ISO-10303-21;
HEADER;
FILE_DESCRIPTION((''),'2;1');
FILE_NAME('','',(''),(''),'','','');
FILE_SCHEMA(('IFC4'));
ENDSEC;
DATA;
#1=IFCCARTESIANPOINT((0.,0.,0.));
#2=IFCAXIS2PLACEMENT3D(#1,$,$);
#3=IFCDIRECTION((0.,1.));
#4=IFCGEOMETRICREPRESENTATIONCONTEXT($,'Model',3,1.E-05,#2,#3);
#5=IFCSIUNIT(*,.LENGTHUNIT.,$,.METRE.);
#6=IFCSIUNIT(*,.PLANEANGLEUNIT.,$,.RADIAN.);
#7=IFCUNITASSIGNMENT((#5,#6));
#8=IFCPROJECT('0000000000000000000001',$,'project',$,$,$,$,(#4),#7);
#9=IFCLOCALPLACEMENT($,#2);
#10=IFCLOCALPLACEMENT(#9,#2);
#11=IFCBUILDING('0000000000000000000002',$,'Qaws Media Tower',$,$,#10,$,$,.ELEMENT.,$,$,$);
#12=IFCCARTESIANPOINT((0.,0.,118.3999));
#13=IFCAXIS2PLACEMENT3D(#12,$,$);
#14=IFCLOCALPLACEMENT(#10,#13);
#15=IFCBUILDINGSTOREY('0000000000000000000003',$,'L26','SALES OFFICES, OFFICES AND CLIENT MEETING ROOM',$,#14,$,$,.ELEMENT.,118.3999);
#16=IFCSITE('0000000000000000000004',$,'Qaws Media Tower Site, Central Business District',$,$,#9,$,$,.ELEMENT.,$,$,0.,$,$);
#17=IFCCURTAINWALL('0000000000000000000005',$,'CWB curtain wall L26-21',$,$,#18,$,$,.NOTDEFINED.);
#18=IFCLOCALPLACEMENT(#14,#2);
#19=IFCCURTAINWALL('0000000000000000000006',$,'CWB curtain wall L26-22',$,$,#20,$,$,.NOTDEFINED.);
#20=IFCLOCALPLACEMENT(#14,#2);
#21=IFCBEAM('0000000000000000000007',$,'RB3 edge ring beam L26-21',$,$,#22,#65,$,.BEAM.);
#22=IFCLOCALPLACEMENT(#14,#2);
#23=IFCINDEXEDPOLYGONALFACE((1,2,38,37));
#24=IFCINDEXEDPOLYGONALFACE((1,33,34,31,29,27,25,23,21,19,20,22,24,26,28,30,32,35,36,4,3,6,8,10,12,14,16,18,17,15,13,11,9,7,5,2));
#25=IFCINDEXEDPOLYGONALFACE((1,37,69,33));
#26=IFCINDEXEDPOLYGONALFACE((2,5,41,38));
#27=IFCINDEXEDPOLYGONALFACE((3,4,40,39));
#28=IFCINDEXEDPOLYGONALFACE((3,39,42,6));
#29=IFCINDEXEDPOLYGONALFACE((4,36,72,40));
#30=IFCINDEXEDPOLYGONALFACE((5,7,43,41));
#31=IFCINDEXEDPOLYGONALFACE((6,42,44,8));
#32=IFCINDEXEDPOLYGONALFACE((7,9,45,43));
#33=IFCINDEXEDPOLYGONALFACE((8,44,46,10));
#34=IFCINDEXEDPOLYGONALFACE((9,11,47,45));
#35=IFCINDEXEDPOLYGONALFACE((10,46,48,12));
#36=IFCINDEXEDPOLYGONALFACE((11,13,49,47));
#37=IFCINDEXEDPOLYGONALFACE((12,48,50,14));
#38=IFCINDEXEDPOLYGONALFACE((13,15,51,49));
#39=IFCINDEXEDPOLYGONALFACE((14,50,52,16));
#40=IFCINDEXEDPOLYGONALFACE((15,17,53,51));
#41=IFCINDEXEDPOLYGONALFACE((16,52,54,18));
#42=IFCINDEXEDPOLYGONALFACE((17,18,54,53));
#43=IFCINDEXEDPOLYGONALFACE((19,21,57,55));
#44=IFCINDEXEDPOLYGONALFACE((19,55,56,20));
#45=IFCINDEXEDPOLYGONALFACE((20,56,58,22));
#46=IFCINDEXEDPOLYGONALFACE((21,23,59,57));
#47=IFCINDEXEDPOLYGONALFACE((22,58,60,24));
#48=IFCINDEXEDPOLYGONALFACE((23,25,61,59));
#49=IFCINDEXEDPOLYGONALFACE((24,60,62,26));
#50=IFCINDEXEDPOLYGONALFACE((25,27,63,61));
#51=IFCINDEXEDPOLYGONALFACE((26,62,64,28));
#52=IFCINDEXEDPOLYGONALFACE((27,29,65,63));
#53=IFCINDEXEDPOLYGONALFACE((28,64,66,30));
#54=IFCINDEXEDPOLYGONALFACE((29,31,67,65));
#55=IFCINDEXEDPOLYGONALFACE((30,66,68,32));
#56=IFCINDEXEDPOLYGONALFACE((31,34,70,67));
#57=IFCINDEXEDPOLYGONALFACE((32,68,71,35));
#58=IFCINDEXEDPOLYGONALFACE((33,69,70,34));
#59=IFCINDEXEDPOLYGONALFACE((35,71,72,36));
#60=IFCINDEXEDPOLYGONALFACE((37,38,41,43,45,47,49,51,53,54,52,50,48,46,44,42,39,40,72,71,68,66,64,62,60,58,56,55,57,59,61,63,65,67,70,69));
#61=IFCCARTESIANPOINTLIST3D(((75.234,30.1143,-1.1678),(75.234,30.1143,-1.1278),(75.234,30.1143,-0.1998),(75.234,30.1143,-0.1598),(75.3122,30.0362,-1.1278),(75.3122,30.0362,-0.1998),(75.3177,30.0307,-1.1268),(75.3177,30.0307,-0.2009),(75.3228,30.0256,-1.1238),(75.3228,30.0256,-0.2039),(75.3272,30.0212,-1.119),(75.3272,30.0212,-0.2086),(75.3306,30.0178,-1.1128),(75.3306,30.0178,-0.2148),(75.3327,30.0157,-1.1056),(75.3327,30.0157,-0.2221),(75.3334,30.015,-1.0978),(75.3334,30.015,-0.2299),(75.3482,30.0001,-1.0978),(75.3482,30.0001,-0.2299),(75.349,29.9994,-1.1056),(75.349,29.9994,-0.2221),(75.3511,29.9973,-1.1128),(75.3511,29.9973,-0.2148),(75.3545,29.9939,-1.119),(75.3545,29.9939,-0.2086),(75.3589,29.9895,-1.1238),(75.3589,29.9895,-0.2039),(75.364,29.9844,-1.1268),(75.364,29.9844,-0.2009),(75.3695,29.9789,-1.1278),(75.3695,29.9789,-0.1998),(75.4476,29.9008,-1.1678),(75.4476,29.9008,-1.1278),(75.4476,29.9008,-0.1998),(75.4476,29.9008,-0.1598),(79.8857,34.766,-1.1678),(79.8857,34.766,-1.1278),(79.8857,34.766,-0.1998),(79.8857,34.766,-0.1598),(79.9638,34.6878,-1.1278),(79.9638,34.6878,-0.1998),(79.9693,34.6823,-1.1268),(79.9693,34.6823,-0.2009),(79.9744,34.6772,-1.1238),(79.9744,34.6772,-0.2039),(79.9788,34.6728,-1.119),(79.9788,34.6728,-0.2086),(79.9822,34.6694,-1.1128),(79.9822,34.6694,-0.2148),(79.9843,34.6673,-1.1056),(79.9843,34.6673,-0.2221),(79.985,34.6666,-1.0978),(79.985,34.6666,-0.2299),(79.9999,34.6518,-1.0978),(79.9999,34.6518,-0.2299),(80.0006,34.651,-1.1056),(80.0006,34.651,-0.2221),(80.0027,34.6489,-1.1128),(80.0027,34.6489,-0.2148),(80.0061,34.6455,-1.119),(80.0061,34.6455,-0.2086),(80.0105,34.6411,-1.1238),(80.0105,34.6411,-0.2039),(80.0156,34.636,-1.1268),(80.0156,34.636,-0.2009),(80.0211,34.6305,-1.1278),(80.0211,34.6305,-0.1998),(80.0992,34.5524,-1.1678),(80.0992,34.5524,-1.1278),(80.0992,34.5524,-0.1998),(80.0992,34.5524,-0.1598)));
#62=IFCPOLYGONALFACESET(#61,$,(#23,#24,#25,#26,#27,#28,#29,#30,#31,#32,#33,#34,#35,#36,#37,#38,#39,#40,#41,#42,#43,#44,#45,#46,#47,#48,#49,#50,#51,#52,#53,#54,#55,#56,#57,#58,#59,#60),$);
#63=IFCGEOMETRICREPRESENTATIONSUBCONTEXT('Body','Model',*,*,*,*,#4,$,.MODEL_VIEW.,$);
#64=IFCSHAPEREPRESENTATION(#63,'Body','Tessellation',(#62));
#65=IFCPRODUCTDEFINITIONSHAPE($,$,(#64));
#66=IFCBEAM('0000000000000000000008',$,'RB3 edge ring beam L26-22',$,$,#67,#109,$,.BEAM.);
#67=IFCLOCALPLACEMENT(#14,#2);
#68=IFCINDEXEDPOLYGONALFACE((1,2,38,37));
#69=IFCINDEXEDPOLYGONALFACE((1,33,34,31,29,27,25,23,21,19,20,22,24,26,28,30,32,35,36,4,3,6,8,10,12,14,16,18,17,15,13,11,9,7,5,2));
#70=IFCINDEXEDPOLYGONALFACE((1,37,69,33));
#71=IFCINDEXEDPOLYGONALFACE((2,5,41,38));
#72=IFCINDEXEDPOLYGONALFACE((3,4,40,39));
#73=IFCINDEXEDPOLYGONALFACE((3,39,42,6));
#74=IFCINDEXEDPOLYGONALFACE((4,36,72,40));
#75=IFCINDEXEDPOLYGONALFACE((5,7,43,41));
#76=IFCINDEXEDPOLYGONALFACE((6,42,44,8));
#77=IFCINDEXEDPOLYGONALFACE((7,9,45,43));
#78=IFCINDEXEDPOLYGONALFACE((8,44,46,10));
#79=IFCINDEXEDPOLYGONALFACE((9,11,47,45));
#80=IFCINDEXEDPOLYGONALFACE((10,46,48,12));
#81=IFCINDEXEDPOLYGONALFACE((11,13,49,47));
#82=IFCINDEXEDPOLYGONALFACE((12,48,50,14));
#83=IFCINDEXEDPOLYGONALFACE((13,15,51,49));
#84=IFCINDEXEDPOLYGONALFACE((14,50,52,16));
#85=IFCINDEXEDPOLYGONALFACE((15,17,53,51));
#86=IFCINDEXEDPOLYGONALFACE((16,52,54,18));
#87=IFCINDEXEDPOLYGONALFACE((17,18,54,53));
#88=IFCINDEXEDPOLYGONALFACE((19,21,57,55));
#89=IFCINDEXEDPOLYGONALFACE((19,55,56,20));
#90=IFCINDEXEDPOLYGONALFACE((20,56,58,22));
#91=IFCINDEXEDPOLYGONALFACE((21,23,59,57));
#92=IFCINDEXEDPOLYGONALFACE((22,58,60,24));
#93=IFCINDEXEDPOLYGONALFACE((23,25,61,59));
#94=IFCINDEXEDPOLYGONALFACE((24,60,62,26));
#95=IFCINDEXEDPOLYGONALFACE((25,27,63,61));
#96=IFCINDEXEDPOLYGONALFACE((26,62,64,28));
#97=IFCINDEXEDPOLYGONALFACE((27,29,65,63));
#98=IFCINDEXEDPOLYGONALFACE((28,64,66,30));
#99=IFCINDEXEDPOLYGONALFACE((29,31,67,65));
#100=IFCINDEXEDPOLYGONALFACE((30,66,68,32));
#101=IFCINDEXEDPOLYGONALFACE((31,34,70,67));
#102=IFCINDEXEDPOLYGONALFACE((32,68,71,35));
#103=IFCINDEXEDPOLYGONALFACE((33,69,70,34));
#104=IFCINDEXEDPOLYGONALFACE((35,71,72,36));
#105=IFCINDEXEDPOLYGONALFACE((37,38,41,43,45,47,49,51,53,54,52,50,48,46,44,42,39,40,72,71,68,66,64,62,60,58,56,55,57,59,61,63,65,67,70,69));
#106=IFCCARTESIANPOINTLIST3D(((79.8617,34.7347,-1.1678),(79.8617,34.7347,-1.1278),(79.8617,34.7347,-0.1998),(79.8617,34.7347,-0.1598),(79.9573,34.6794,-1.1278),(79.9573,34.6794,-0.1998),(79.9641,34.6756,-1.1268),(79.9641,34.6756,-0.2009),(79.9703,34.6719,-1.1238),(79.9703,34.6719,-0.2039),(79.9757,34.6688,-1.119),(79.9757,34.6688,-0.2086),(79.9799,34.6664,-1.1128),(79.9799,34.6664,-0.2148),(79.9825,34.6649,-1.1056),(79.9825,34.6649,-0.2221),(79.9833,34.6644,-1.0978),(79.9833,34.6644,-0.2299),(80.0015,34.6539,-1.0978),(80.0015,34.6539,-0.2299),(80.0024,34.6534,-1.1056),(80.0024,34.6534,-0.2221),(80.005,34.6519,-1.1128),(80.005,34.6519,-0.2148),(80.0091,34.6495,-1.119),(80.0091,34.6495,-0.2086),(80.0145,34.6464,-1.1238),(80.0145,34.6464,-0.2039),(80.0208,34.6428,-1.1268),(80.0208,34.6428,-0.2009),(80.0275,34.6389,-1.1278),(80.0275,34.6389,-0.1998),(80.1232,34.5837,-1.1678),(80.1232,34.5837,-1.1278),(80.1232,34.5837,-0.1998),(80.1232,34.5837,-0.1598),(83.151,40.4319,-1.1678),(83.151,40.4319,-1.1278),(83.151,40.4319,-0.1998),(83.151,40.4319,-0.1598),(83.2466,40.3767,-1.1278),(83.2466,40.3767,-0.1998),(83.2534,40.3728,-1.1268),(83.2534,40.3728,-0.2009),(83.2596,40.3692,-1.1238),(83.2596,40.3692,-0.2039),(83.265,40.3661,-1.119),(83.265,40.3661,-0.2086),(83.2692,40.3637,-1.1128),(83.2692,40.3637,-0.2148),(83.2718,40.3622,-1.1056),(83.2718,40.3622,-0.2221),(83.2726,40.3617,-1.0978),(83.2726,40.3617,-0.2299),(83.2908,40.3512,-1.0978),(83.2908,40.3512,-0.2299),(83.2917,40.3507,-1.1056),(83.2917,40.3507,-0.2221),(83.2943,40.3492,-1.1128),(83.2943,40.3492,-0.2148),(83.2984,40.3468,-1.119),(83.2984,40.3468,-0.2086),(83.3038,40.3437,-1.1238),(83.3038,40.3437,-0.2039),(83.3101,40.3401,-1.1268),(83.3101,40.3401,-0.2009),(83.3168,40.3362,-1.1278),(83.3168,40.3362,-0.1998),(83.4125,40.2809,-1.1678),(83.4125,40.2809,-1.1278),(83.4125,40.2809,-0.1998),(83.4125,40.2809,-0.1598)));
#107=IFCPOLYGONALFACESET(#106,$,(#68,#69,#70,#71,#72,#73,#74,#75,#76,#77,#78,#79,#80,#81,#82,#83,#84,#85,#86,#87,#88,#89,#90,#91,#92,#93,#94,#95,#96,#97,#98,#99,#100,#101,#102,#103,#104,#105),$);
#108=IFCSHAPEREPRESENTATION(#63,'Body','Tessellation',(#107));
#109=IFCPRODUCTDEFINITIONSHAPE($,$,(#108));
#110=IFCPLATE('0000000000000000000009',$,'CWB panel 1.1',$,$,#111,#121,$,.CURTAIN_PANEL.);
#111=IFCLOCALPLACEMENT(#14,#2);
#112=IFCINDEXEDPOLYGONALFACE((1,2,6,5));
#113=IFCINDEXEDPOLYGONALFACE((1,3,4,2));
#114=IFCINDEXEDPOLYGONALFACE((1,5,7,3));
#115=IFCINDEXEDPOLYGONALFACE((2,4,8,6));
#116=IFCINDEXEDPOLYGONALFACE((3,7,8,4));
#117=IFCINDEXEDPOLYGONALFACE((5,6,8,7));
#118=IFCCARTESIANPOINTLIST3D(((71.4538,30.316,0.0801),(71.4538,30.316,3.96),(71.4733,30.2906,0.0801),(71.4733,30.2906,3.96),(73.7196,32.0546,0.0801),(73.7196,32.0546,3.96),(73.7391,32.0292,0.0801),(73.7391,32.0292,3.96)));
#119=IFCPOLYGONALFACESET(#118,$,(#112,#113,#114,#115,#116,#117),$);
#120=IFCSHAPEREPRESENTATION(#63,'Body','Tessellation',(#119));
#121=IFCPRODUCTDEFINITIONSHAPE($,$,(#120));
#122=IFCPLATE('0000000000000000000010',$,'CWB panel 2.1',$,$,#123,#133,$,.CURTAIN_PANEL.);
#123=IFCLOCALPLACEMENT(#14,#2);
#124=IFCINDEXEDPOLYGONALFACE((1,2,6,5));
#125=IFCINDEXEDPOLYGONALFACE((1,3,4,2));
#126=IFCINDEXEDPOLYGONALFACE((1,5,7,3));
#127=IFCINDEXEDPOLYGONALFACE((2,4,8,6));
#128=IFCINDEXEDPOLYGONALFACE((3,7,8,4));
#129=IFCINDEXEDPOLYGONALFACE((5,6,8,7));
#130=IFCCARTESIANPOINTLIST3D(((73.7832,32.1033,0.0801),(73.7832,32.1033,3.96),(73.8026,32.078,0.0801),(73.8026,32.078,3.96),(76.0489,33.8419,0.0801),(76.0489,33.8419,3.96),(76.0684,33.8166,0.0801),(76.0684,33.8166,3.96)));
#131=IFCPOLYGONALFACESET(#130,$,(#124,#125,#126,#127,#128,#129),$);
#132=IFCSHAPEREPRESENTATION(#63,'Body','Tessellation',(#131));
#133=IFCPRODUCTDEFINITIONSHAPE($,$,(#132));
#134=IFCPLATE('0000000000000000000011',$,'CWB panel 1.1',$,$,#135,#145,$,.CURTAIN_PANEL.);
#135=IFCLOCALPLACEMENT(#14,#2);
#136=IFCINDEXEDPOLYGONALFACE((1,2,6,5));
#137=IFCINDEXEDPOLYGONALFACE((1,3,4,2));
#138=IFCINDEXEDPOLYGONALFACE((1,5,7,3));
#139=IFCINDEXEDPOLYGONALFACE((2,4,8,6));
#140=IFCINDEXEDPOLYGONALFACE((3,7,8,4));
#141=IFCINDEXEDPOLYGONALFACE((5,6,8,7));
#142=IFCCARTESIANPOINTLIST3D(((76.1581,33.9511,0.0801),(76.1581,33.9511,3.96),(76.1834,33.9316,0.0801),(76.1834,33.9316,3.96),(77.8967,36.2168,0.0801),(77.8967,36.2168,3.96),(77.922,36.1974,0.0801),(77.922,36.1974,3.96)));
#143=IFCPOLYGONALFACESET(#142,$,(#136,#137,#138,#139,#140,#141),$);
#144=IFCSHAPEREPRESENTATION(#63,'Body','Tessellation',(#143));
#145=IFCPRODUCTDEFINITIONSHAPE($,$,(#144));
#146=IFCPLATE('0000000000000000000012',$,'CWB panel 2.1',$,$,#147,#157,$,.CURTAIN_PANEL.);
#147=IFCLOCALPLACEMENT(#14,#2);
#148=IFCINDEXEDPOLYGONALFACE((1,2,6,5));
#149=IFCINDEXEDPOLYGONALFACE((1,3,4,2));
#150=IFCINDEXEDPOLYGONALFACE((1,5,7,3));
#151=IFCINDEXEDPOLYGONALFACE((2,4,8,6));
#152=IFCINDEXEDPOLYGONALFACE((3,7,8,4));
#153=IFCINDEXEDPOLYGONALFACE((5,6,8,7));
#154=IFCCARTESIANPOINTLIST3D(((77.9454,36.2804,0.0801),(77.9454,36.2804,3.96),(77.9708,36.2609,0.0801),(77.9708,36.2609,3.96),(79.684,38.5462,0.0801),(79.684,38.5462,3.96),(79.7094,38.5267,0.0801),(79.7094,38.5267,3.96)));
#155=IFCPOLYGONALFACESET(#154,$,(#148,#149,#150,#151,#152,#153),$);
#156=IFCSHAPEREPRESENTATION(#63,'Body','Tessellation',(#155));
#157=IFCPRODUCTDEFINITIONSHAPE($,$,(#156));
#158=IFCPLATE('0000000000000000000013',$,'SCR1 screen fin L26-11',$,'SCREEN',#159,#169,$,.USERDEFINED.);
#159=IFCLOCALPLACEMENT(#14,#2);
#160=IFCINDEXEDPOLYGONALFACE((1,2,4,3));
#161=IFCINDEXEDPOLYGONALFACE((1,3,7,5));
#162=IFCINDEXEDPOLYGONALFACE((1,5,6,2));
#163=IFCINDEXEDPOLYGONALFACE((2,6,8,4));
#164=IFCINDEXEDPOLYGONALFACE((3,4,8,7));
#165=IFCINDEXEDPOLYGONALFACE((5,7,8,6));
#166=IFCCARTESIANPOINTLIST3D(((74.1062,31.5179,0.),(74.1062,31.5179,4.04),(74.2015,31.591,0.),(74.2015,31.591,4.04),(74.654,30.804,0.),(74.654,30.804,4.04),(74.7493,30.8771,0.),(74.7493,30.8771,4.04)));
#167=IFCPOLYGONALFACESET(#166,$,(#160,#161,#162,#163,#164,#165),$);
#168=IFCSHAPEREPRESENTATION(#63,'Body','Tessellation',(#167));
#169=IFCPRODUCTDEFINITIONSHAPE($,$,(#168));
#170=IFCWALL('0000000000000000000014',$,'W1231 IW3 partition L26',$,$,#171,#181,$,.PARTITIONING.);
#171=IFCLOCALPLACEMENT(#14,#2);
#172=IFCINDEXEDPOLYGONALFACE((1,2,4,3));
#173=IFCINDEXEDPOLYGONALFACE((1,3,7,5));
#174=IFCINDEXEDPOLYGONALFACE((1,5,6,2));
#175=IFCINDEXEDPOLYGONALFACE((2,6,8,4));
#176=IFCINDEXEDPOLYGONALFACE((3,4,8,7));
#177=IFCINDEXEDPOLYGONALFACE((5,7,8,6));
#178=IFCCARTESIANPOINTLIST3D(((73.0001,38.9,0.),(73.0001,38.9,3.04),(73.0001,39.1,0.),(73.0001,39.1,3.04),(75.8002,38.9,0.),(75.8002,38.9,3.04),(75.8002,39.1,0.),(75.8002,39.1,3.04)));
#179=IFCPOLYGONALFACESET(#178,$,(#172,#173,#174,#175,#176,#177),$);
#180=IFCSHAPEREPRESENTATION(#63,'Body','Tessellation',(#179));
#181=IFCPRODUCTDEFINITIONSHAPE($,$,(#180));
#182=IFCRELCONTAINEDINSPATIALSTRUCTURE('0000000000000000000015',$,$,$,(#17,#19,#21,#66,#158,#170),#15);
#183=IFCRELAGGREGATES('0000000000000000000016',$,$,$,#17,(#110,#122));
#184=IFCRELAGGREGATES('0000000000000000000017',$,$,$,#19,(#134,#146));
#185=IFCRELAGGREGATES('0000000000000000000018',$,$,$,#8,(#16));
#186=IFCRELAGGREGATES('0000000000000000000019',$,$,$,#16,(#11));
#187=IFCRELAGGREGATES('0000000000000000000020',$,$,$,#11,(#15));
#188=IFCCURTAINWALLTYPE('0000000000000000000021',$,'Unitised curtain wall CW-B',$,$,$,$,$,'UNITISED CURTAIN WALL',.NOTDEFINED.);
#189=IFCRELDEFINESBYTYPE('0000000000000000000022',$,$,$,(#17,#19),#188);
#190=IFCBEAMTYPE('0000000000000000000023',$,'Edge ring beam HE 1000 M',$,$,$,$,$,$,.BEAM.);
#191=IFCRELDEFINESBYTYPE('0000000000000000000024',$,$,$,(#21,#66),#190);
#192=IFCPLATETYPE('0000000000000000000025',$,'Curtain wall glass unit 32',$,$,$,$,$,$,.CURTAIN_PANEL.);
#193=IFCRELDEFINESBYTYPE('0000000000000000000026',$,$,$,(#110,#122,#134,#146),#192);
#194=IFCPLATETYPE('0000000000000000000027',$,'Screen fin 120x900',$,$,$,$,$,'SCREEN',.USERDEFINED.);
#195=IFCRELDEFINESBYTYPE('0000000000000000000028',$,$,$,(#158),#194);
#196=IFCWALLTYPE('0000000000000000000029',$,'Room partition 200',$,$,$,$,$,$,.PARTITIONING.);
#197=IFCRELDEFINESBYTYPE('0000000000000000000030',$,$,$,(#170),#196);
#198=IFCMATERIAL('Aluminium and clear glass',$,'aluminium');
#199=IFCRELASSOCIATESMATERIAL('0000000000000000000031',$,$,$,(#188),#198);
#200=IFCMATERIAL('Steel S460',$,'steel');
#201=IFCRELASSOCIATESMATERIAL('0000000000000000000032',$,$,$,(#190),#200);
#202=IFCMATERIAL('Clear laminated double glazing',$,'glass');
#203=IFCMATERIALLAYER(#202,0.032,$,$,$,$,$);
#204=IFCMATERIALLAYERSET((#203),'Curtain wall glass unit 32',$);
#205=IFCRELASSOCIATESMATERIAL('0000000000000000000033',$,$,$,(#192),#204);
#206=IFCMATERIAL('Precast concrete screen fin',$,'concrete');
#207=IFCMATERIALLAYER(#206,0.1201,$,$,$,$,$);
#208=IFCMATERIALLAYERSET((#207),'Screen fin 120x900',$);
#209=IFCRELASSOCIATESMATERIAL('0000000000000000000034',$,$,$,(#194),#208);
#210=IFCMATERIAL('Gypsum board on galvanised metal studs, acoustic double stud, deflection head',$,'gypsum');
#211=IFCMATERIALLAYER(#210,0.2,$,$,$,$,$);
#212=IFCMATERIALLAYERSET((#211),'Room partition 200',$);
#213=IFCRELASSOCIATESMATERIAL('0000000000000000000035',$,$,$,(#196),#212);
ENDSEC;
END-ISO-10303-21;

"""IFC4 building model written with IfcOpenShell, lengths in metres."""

from ifc_helpers import new_model, si_unit, direction, frame, frame_2d, origin, origin_2d, place, context, subcontext, project, spatial, rectangle, i_section, extrude, material, layer, layer_set, material_profile, profile_set, type_object, element, aggregate, save


model = new_model("IFC4")

# Units and contexts
model_context = context("Model", 3, precision=1e-05, world=origin(), true_north=direction((0.0, 1.0)))
body_context = subcontext(model_context, "Body", "Model", "MODEL_VIEW")
ifc_project = project(units=[si_unit("LENGTHUNIT", "METRE"), si_unit("PLANEANGLEUNIT", "RADIAN")], contexts=[model_context])

# Site, building, storey
site_placement = place(None, origin())
site = spatial("IfcSite", under=ifc_project, at=site_placement, Name="Qaws Media Tower Site, Central Business District", CompositionType="ELEMENT", RefElevation=0.0)
building_placement = place(site_placement, origin())
building = spatial("IfcBuilding", under=site, at=building_placement, Name="Qaws Media Tower", CompositionType="ELEMENT")
storey_placement = place(building_placement, frame((0.0, 0.0, 118.3999)))
storey = spatial("IfcBuildingStorey", under=building, at=storey_placement, Name="L26", Description="SALES OFFICES, OFFICES AND CLIENT MEETING ROOM", CompositionType="ELEMENT", Elevation=118.3999)

# Curtain walls
ifc_material_1 = material(Name="Aluminium and clear glass", Category="aluminium")
curtain_wall_type = type_object("IfcCurtainWallType", Name="Unitised curtain wall CW-B", ElementType="UNITISED CURTAIN WALL", PredefinedType="NOTDEFINED", material=ifc_material_1)
curtain_wall_1_placement = place(storey_placement, origin())
curtain_wall_1 = element("IfcCurtainWall", 1, at=curtain_wall_1_placement, inside=storey, type_object=curtain_wall_type, Name="CWB curtain wall L26-21", PredefinedType="NOTDEFINED")
curtain_wall_2_placement = place(storey_placement, origin())
curtain_wall_2 = element("IfcCurtainWall", 2, at=curtain_wall_2_placement, inside=storey, type_object=curtain_wall_type, Name="CWB curtain wall L26-22", PredefinedType="NOTDEFINED")

# Beams
ifc_material_2 = material(Name="Steel S460", Category="steel")
ifc_material_profile_1 = material_profile(ifc_material_2, i_section(OverallWidth=0.302, OverallDepth=1.0081, WebThickness=0.021, FlangeThickness=0.04, FilletRadius=0.03, at=origin_2d()), Name="HE 1000 M")
ifc_profile_set_1 = profile_set([ifc_material_profile_1], Name="Steel S460")
beam_type = type_object("IfcBeamType", Name="Edge ring beam HE 1000 M", PredefinedType="BEAM", material=ifc_profile_set_1)
beam_1_placement = place(storey_placement, frame((75.3408, 30.0076, -0.6638), z_axis=(0.707107, 0.707107, 0.0), x_axis=(-0.707107, 0.707107, 0.0)))
element("IfcBeam", 3, at=beam_1_placement, inside=storey, type_object=beam_type, Name="RB3 edge ring beam L26-21", PredefinedType="BEAM", context=body_context, shape_type="SweptSolid", body=[
    extrude(i_section(OverallWidth=0.302, OverallDepth=1.0081, WebThickness=0.021, FlangeThickness=0.04, FilletRadius=0.03, at=origin_2d()), origin(), (0.0, 0.0, 1.0), 6.5784),
])
beam_2_placement = place(storey_placement, frame((79.9924, 34.6592, -0.6638), z_axis=(0.499999, 0.866026, 0.0), x_axis=(-0.866026, 0.499999, 0.0)))
element("IfcBeam", 4, at=beam_2_placement, inside=storey, type_object=beam_type, Name="RB3 edge ring beam L26-22", PredefinedType="BEAM", context=body_context, shape_type="SweptSolid", body=[
    extrude(i_section(OverallWidth=0.302, OverallDepth=1.0081, WebThickness=0.021, FlangeThickness=0.04, FilletRadius=0.03, at=origin_2d()), origin(), (0.0, 0.0, 1.0), 6.5786),
])

# Plates
ifc_material_3 = material(Name="Clear laminated double glazing", Category="glass")
ifc_layer_1 = layer(ifc_material_3, 0.032)
ifc_layer_set_1 = layer_set([ifc_layer_1], Name="Curtain wall glass unit 32")
plate_type_1 = type_object("IfcPlateType", Name="Curtain wall glass unit 32", PredefinedType="CURTAIN_PANEL", material=ifc_layer_set_1)
plate_1_placement = place(storey_placement, frame((72.5964, 31.1726, 0.0801), z_axis=(0.0, 0.0, 1.0), x_axis=(0.793353, 0.608761, 0.0)))
plate_1 = element("IfcPlate", 5, at=plate_1_placement, type_object=plate_type_1, Name="CWB panel 1.1", PredefinedType="CURTAIN_PANEL", context=body_context, shape_type="SweptSolid", body=[
    extrude(rectangle(XDim=2.856, YDim=0.032, at=origin_2d()), origin(), (0.0, 0.0, 1.0), 3.8799),
])
plate_2_placement = place(storey_placement, frame((74.9258, 32.96, 0.0801), z_axis=(0.0, 0.0, 1.0), x_axis=(0.793353, 0.608761, 0.0)))
plate_2 = element("IfcPlate", 6, at=plate_2_placement, type_object=plate_type_1, Name="CWB panel 2.1", PredefinedType="CURTAIN_PANEL", context=body_context, shape_type="SweptSolid", body=[
    extrude(rectangle(XDim=2.856, YDim=0.032, at=origin_2d()), origin(), (0.0, 0.0, 1.0), 3.8799),
])
aggregate(curtain_wall_1, [plate_1, plate_2])
plate_3_placement = place(storey_placement, frame((77.04, 35.0742, 0.0801), z_axis=(0.0, 0.0, 1.0), x_axis=(0.608761, 0.793353, 0.0)))
plate_3 = element("IfcPlate", 7, at=plate_3_placement, type_object=plate_type_1, Name="CWB panel 1.1", PredefinedType="CURTAIN_PANEL", context=body_context, shape_type="SweptSolid", body=[
    extrude(rectangle(XDim=2.856, YDim=0.032, at=origin_2d()), origin(), (0.0, 0.0, 1.0), 3.8799),
])
plate_4_placement = place(storey_placement, frame((78.8274, 37.4036, 0.0801), z_axis=(0.0, 0.0, 1.0), x_axis=(0.608761, 0.793353, 0.0)))
plate_4 = element("IfcPlate", 8, at=plate_4_placement, type_object=plate_type_1, Name="CWB panel 2.1", PredefinedType="CURTAIN_PANEL", context=body_context, shape_type="SweptSolid", body=[
    extrude(rectangle(XDim=2.856, YDim=0.032, at=origin_2d()), origin(), (0.0, 0.0, 1.0), 3.8799),
])
aggregate(curtain_wall_2, [plate_3, plate_4])
ifc_material_4 = material(Name="Precast concrete screen fin", Category="concrete")
ifc_layer_2 = layer(ifc_material_4, 0.1201)
ifc_layer_set_2 = layer_set([ifc_layer_2], Name="Screen fin 120x900")
plate_type_2 = type_object("IfcPlateType", Name="Screen fin 120x900", ElementType="SCREEN", PredefinedType="USERDEFINED", material=ifc_layer_set_2)
plate_5_placement = place(storey_placement, frame((74.4277, 31.1975, 0.0), z_axis=(0.0, 0.0, 1.0), x_axis=(0.608761, -0.793353, 0.0)))
element("IfcPlate", 9, at=plate_5_placement, inside=storey, type_object=plate_type_2, Name="SCR1 screen fin L26-11", ObjectType="SCREEN", PredefinedType="USERDEFINED", context=body_context, shape_type="SweptSolid", body=[
    extrude(rectangle(XDim=0.8999, YDim=0.1201, at=origin_2d()), origin(), (0.0, 0.0, 1.0), 4.04),
])

# Wall
ifc_material_5 = material(Name="Gypsum board on galvanised metal studs, acoustic double stud, deflection head", Category="gypsum")
ifc_layer_3 = layer(ifc_material_5, 0.2)
ifc_layer_set_3 = layer_set([ifc_layer_3], Name="Room partition 200")
wall_type = type_object("IfcWallType", Name="Room partition 200", PredefinedType="PARTITIONING", material=ifc_layer_set_3)
wall_1_placement = place(storey_placement, frame((75.8, 39.0, 0.0), z_axis=(0.0, 0.0, 1.0), x_axis=(-1.0, 0.0, 0.0)))
element("IfcWall", 10, at=wall_1_placement, inside=storey, type_object=wall_type, Name="W1231 IW3 partition L26", PredefinedType="PARTITIONING", context=body_context, shape_type="SweptSolid", body=[
    extrude(rectangle(XDim=2.8, YDim=0.2, at=frame_2d((1.3999, 0.0))), origin(), (0.0, 0.0, 1.0), 3.04),
])

save(model, "model.ifc")
